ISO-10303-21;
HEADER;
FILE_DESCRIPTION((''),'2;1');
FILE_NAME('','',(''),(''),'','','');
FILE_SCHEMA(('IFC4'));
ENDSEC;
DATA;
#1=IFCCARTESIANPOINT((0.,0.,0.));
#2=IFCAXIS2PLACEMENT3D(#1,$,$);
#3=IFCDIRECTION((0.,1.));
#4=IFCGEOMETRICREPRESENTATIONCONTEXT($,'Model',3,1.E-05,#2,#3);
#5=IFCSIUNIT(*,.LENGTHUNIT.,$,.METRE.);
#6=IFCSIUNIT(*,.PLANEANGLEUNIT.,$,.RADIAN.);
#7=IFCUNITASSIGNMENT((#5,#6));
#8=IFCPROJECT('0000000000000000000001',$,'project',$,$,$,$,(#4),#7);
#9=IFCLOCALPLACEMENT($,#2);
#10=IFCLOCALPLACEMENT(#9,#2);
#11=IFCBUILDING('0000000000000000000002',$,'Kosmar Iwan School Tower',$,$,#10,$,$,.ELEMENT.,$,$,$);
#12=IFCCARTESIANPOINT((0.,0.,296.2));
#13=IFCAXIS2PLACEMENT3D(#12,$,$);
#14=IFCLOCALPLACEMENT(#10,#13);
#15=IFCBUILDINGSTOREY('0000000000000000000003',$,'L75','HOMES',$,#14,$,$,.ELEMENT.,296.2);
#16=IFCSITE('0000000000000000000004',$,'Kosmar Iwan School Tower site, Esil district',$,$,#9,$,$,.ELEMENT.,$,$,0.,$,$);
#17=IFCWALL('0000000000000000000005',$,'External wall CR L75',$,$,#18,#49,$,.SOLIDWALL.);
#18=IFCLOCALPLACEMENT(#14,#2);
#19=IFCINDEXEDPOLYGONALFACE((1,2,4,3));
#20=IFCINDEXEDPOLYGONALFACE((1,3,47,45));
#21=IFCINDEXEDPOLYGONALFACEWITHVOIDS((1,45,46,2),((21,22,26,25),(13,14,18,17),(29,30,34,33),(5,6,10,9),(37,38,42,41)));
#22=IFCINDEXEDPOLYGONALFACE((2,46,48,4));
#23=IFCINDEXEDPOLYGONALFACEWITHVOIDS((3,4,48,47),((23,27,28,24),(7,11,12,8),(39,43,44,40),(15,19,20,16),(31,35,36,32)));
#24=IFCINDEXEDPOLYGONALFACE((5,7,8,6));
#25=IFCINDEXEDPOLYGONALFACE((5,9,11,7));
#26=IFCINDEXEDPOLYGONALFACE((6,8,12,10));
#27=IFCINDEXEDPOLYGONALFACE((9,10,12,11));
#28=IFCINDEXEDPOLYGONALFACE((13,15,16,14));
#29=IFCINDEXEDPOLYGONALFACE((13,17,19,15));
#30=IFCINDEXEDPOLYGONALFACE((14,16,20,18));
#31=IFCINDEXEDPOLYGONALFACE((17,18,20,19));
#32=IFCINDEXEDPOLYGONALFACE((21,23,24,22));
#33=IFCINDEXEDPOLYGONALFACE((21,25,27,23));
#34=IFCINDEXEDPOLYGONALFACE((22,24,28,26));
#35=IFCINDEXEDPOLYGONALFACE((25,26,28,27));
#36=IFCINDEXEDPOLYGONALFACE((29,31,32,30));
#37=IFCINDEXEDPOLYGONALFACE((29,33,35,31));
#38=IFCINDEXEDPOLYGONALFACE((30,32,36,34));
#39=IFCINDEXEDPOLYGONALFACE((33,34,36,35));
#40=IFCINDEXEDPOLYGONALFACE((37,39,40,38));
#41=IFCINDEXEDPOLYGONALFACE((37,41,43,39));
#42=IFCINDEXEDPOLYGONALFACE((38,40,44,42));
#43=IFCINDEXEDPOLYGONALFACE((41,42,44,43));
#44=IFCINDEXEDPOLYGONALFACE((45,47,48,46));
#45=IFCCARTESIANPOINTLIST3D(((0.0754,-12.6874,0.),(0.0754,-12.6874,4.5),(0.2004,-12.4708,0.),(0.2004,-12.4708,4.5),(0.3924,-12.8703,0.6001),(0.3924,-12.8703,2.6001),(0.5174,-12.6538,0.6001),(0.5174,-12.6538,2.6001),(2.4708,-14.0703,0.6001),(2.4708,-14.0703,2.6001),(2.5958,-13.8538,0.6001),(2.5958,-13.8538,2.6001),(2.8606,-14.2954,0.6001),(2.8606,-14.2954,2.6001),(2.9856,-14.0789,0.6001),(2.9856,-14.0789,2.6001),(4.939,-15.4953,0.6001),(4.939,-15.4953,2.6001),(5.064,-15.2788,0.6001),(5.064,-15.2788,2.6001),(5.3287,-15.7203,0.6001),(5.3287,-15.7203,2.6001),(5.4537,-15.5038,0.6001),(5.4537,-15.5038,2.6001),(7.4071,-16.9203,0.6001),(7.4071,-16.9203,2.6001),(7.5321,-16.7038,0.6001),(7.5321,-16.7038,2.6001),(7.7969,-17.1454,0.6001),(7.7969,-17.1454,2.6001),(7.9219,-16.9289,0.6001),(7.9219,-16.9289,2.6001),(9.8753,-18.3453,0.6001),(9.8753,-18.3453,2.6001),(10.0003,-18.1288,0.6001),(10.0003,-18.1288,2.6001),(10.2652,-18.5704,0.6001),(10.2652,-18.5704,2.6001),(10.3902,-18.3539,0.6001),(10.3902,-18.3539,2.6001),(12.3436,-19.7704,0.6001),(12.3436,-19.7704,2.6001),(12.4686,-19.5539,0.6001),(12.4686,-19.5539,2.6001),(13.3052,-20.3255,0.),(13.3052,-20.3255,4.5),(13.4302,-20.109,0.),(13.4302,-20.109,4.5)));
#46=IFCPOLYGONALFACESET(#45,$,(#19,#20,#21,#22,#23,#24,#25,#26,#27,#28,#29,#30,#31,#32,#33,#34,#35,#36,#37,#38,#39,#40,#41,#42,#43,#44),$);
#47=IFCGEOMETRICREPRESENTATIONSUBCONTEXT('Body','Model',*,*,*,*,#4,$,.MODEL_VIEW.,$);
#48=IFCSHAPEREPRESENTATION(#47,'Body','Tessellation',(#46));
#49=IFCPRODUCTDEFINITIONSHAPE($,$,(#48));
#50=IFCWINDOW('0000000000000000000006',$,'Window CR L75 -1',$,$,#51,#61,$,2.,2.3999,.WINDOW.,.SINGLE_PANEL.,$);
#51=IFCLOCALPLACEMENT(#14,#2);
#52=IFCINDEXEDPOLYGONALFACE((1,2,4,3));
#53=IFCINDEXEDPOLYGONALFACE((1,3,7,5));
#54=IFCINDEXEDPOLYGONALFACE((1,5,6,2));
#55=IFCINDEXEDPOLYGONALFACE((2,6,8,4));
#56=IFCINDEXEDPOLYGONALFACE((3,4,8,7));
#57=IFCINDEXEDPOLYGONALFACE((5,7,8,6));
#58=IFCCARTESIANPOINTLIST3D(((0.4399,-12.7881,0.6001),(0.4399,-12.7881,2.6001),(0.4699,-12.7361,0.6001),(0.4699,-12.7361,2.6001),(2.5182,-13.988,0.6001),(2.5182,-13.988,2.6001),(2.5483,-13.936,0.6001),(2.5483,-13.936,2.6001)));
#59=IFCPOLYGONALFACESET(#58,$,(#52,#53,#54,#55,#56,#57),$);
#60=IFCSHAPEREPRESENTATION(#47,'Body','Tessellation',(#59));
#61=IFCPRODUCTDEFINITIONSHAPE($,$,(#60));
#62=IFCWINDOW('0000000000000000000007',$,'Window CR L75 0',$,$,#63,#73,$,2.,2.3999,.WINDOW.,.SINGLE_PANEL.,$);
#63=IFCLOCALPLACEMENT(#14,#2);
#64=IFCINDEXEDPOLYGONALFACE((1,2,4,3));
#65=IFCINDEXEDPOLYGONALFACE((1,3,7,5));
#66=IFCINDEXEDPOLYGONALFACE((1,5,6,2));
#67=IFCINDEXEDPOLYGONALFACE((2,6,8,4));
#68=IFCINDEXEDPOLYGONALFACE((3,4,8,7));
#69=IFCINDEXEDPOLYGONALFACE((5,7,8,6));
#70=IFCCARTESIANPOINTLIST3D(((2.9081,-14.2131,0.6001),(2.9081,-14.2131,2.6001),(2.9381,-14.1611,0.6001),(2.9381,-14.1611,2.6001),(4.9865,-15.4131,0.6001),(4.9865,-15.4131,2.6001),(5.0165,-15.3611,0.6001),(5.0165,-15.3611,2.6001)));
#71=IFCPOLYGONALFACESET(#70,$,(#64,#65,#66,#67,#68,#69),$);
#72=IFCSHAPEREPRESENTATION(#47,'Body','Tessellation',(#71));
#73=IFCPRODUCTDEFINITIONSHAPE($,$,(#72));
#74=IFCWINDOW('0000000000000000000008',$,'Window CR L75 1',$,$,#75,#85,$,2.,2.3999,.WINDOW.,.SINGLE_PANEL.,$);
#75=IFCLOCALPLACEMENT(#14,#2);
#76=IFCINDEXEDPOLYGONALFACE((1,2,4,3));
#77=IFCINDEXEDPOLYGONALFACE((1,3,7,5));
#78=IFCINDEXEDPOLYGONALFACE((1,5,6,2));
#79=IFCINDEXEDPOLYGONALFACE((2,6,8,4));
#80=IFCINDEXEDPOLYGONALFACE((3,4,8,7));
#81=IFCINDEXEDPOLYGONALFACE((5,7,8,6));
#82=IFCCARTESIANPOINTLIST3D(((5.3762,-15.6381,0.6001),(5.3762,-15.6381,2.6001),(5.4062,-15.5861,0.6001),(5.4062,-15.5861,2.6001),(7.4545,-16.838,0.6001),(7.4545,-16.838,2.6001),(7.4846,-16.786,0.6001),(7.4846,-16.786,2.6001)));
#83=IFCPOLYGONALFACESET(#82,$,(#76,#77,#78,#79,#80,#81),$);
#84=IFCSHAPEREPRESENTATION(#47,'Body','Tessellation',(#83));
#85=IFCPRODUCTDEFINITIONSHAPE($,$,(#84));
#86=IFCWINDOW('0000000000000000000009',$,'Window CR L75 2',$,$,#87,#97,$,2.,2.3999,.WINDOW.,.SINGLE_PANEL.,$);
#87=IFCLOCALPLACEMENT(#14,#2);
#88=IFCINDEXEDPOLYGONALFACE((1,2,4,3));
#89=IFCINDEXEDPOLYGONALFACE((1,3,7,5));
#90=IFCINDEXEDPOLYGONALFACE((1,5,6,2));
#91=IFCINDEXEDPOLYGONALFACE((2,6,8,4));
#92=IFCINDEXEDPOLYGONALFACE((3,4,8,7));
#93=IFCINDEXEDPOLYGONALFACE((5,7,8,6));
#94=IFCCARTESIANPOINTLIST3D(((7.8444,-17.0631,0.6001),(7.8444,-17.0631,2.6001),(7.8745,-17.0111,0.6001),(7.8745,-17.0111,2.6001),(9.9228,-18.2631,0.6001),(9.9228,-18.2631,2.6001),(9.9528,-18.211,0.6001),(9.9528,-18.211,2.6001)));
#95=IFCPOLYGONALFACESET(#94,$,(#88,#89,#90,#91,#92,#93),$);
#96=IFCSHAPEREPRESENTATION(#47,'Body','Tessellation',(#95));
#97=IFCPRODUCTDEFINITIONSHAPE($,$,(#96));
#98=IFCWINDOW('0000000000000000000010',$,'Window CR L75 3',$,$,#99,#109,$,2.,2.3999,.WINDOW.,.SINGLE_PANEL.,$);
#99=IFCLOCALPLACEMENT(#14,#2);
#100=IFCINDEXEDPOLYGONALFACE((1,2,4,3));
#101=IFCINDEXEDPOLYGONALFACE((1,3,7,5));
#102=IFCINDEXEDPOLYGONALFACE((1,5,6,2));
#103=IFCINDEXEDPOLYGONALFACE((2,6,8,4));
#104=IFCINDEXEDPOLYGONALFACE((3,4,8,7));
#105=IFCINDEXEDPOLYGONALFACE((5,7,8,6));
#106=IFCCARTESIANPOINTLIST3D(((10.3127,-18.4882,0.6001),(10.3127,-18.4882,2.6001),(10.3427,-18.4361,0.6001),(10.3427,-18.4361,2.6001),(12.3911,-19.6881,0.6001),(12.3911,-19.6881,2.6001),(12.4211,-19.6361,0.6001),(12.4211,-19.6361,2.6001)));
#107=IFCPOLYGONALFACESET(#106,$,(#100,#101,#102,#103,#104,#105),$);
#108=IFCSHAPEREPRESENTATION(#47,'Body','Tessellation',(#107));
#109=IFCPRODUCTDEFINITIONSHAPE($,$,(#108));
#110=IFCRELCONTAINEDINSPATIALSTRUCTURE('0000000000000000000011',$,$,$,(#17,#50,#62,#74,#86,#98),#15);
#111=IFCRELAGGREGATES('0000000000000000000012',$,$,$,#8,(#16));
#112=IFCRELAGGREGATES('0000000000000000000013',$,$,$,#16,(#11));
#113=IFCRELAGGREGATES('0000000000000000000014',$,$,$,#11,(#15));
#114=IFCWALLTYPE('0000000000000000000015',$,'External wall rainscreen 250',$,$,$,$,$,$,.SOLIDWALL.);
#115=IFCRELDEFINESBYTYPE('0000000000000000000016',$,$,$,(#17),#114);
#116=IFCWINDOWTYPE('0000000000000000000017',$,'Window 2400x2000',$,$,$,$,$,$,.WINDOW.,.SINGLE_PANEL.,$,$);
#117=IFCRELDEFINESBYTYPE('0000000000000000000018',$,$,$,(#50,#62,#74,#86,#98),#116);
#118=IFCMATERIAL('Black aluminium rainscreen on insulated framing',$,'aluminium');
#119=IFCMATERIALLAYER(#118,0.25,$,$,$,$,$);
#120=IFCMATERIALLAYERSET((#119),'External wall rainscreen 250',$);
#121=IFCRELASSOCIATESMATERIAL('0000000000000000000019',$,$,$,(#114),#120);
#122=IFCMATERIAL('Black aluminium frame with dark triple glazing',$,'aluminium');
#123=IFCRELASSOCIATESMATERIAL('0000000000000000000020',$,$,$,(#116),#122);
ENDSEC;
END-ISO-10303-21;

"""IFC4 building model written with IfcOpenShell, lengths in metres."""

from ifc_helpers import new_model, si_unit, direction, frame, frame_2d, origin, place, context, subcontext, project, spatial, rectangle, extrude, material, layer, layer_set, type_object, element, fill, save


model = new_model("IFC4")

# Units and contexts
model_context = context("Model", 3, precision=1e-05, world=origin(), true_north=direction((0.0, 1.0)))
body_context = subcontext(model_context, "Body", "Model", "MODEL_VIEW")
ifc_project = project(units=[si_unit("LENGTHUNIT", "METRE"), si_unit("PLANEANGLEUNIT", "RADIAN")], contexts=[model_context])

# Site, building, storey
site_placement = place(None, origin())
site = spatial("IfcSite", under=ifc_project, at=site_placement, Name="Kosmar Iwan School Tower site, Esil district", CompositionType="ELEMENT", RefElevation=0.0)
building_placement = place(site_placement, origin())
building = spatial("IfcBuilding", under=site, at=building_placement, Name="Kosmar Iwan School Tower", CompositionType="ELEMENT")
storey_placement = place(building_placement, frame((0.0, 0.0, 296.2)))
storey = spatial("IfcBuildingStorey", under=building, at=storey_placement, Name="L75", Description="HOMES", CompositionType="ELEMENT", Elevation=296.2)

# Wall, openings, windows
ifc_material_1 = material(Name="Black aluminium rainscreen on insulated framing", Category="aluminium")
ifc_layer_1 = layer(ifc_material_1, 0.25)
ifc_layer_set_1 = layer_set([ifc_layer_1], Name="External wall rainscreen 250")
wall_type_1 = type_object("IfcWallType", Name="External wall rainscreen 250", PredefinedType="SOLIDWALL", material=ifc_layer_set_1)
ifc_material_2 = material(Name="Black aluminium frame with dark triple glazing", Category="aluminium")
window_type = type_object("IfcWindowType", Name="Window 2400x2000", PartitioningType="SINGLE_PANEL", PredefinedType="WINDOW", material=ifc_material_2)
wall_1_placement = place(storey_placement, frame((0.1379, -12.5791, 0.0), z_axis=(0.0, 0.0, 1.0), x_axis=(0.866026, -0.5, 0.0)))
wall_1 = element("IfcWall", 1, at=wall_1_placement, inside=storey, type_object=wall_type_1, Name="External wall CR L75", PredefinedType="SOLIDWALL", context=body_context, shape_type="SweptSolid", body=[
    extrude(rectangle(XDim=15.2764, YDim=0.25, at=frame_2d((7.6382, 0.0))), origin(), (0.0, 0.0, 1.0), 4.5),
])
opening_1_placement = place(wall_1_placement, frame((0.366, 0.0, 0.6001)))
opening_1 = element("IfcOpeningElement", 2, at=opening_1_placement, cuts=wall_1, PredefinedType="OPENING", context=body_context, shape_type="SweptSolid", body=[
    extrude(rectangle(XDim=2.3999, YDim=2.0, at=frame_2d((1.2, 1.0))), frame((0.0, 0.137, 0.0), z_axis=(0.0, -1.0, 0.0), x_axis=(1.0, 0.0, 0.0)), (0.0, 0.0, 1.0), 0.2739),
])
opening_2_placement = place(wall_1_placement, frame((3.2161, 0.0, 0.6001)))
opening_2 = element("IfcOpeningElement", 3, at=opening_2_placement, cuts=wall_1, PredefinedType="OPENING", context=body_context, shape_type="SweptSolid", body=[
    extrude(rectangle(XDim=2.3999, YDim=2.0, at=frame_2d((1.2, 1.0))), frame((0.0, 0.137, 0.0), z_axis=(0.0, -1.0, 0.0), x_axis=(1.0, 0.0, 0.0)), (0.0, 0.0, 1.0), 0.2739),
])
opening_3_placement = place(wall_1_placement, frame((6.0659, 0.0, 0.6001)))
opening_3 = element("IfcOpeningElement", 4, at=opening_3_placement, cuts=wall_1, PredefinedType="OPENING", context=body_context, shape_type="SweptSolid", body=[
    extrude(rectangle(XDim=2.3999, YDim=2.0, at=frame_2d((1.2, 1.0))), frame((0.0, 0.137, 0.0), z_axis=(0.0, -1.0, 0.0), x_axis=(1.0, 0.0, 0.0)), (0.0, 0.0, 1.0), 0.2739),
])
opening_4_placement = place(wall_1_placement, frame((8.916, 0.0, 0.6001)))
opening_4 = element("IfcOpeningElement", 5, at=opening_4_placement, cuts=wall_1, PredefinedType="OPENING", context=body_context, shape_type="SweptSolid", body=[
    extrude(rectangle(XDim=2.3999, YDim=2.0, at=frame_2d((1.2, 1.0))), frame((0.0, 0.137, 0.0), z_axis=(0.0, -1.0, 0.0), x_axis=(1.0, 0.0, 0.0)), (0.0, 0.0, 1.0), 0.2739),
])
opening_5_placement = place(wall_1_placement, frame((11.7661, 0.0, 0.6001)))
opening_5 = element("IfcOpeningElement", 6, at=opening_5_placement, cuts=wall_1, PredefinedType="OPENING", context=body_context, shape_type="SweptSolid", body=[
    extrude(rectangle(XDim=2.3999, YDim=2.0, at=frame_2d((1.2, 1.0))), frame((0.0, 0.137, 0.0), z_axis=(0.0, -1.0, 0.0), x_axis=(1.0, 0.0, 0.0)), (0.0, 0.0, 1.0), 0.2739),
])
window_1_placement = place(opening_1_placement, origin())
window_1 = element("IfcWindow", 7, at=window_1_placement, inside=storey, type_object=window_type, Name="Window CR L75 -1", OverallHeight=2.0, OverallWidth=2.3999, PartitioningType="SINGLE_PANEL", PredefinedType="WINDOW", context=body_context, shape_type="SweptSolid", body=[
    extrude(rectangle(XDim=2.3999, YDim=2.0, at=frame_2d((1.2, 1.0))), frame((0.0, 0.03, 0.0), z_axis=(0.0, -1.0, 0.0), x_axis=(1.0, 0.0, 0.0)), (0.0, 0.0, 1.0), 0.0601),
])
fill(opening_1, window_1)
window_2_placement = place(opening_2_placement, origin())
window_2 = element("IfcWindow", 8, at=window_2_placement, inside=storey, type_object=window_type, Name="Window CR L75 0", OverallHeight=2.0, OverallWidth=2.3999, PartitioningType="SINGLE_PANEL", PredefinedType="WINDOW", context=body_context, shape_type="SweptSolid", body=[
    extrude(rectangle(XDim=2.3999, YDim=2.0, at=frame_2d((1.2, 1.0))), frame((0.0, 0.03, 0.0), z_axis=(0.0, -1.0, 0.0), x_axis=(1.0, 0.0, 0.0)), (0.0, 0.0, 1.0), 0.0601),
])
fill(opening_2, window_2)
window_3_placement = place(opening_3_placement, origin())
window_3 = element("IfcWindow", 9, at=window_3_placement, inside=storey, type_object=window_type, Name="Window CR L75 1", OverallHeight=2.0, OverallWidth=2.3999, PartitioningType="SINGLE_PANEL", PredefinedType="WINDOW", context=body_context, shape_type="SweptSolid", body=[
    extrude(rectangle(XDim=2.3999, YDim=2.0, at=frame_2d((1.2, 1.0))), frame((0.0, 0.03, 0.0), z_axis=(0.0, -1.0, 0.0), x_axis=(1.0, 0.0, 0.0)), (0.0, 0.0, 1.0), 0.0601),
])
fill(opening_3, window_3)
window_4_placement = place(opening_4_placement, origin())
window_4 = element("IfcWindow", 10, at=window_4_placement, inside=storey, type_object=window_type, Name="Window CR L75 2", OverallHeight=2.0, OverallWidth=2.3999, PartitioningType="SINGLE_PANEL", PredefinedType="WINDOW", context=body_context, shape_type="SweptSolid", body=[
    extrude(rectangle(XDim=2.3999, YDim=2.0, at=frame_2d((1.2, 1.0))), frame((0.0, 0.03, 0.0), z_axis=(0.0, -1.0, 0.0), x_axis=(1.0, 0.0, 0.0)), (0.0, 0.0, 1.0), 0.0601),
])
fill(opening_4, window_4)
window_5_placement = place(opening_5_placement, origin())
window_5 = element("IfcWindow", 11, at=window_5_placement, inside=storey, type_object=window_type, Name="Window CR L75 3", OverallHeight=2.0, OverallWidth=2.3999, PartitioningType="SINGLE_PANEL", PredefinedType="WINDOW", context=body_context, shape_type="SweptSolid", body=[
    extrude(rectangle(XDim=2.3999, YDim=2.0, at=frame_2d((1.2, 1.0))), frame((0.0, 0.03, 0.0), z_axis=(0.0, -1.0, 0.0), x_axis=(1.0, 0.0, 0.0)), (0.0, 0.0, 1.0), 0.0601),
])
fill(opening_5, window_5)

save(model, "model.ifc")
